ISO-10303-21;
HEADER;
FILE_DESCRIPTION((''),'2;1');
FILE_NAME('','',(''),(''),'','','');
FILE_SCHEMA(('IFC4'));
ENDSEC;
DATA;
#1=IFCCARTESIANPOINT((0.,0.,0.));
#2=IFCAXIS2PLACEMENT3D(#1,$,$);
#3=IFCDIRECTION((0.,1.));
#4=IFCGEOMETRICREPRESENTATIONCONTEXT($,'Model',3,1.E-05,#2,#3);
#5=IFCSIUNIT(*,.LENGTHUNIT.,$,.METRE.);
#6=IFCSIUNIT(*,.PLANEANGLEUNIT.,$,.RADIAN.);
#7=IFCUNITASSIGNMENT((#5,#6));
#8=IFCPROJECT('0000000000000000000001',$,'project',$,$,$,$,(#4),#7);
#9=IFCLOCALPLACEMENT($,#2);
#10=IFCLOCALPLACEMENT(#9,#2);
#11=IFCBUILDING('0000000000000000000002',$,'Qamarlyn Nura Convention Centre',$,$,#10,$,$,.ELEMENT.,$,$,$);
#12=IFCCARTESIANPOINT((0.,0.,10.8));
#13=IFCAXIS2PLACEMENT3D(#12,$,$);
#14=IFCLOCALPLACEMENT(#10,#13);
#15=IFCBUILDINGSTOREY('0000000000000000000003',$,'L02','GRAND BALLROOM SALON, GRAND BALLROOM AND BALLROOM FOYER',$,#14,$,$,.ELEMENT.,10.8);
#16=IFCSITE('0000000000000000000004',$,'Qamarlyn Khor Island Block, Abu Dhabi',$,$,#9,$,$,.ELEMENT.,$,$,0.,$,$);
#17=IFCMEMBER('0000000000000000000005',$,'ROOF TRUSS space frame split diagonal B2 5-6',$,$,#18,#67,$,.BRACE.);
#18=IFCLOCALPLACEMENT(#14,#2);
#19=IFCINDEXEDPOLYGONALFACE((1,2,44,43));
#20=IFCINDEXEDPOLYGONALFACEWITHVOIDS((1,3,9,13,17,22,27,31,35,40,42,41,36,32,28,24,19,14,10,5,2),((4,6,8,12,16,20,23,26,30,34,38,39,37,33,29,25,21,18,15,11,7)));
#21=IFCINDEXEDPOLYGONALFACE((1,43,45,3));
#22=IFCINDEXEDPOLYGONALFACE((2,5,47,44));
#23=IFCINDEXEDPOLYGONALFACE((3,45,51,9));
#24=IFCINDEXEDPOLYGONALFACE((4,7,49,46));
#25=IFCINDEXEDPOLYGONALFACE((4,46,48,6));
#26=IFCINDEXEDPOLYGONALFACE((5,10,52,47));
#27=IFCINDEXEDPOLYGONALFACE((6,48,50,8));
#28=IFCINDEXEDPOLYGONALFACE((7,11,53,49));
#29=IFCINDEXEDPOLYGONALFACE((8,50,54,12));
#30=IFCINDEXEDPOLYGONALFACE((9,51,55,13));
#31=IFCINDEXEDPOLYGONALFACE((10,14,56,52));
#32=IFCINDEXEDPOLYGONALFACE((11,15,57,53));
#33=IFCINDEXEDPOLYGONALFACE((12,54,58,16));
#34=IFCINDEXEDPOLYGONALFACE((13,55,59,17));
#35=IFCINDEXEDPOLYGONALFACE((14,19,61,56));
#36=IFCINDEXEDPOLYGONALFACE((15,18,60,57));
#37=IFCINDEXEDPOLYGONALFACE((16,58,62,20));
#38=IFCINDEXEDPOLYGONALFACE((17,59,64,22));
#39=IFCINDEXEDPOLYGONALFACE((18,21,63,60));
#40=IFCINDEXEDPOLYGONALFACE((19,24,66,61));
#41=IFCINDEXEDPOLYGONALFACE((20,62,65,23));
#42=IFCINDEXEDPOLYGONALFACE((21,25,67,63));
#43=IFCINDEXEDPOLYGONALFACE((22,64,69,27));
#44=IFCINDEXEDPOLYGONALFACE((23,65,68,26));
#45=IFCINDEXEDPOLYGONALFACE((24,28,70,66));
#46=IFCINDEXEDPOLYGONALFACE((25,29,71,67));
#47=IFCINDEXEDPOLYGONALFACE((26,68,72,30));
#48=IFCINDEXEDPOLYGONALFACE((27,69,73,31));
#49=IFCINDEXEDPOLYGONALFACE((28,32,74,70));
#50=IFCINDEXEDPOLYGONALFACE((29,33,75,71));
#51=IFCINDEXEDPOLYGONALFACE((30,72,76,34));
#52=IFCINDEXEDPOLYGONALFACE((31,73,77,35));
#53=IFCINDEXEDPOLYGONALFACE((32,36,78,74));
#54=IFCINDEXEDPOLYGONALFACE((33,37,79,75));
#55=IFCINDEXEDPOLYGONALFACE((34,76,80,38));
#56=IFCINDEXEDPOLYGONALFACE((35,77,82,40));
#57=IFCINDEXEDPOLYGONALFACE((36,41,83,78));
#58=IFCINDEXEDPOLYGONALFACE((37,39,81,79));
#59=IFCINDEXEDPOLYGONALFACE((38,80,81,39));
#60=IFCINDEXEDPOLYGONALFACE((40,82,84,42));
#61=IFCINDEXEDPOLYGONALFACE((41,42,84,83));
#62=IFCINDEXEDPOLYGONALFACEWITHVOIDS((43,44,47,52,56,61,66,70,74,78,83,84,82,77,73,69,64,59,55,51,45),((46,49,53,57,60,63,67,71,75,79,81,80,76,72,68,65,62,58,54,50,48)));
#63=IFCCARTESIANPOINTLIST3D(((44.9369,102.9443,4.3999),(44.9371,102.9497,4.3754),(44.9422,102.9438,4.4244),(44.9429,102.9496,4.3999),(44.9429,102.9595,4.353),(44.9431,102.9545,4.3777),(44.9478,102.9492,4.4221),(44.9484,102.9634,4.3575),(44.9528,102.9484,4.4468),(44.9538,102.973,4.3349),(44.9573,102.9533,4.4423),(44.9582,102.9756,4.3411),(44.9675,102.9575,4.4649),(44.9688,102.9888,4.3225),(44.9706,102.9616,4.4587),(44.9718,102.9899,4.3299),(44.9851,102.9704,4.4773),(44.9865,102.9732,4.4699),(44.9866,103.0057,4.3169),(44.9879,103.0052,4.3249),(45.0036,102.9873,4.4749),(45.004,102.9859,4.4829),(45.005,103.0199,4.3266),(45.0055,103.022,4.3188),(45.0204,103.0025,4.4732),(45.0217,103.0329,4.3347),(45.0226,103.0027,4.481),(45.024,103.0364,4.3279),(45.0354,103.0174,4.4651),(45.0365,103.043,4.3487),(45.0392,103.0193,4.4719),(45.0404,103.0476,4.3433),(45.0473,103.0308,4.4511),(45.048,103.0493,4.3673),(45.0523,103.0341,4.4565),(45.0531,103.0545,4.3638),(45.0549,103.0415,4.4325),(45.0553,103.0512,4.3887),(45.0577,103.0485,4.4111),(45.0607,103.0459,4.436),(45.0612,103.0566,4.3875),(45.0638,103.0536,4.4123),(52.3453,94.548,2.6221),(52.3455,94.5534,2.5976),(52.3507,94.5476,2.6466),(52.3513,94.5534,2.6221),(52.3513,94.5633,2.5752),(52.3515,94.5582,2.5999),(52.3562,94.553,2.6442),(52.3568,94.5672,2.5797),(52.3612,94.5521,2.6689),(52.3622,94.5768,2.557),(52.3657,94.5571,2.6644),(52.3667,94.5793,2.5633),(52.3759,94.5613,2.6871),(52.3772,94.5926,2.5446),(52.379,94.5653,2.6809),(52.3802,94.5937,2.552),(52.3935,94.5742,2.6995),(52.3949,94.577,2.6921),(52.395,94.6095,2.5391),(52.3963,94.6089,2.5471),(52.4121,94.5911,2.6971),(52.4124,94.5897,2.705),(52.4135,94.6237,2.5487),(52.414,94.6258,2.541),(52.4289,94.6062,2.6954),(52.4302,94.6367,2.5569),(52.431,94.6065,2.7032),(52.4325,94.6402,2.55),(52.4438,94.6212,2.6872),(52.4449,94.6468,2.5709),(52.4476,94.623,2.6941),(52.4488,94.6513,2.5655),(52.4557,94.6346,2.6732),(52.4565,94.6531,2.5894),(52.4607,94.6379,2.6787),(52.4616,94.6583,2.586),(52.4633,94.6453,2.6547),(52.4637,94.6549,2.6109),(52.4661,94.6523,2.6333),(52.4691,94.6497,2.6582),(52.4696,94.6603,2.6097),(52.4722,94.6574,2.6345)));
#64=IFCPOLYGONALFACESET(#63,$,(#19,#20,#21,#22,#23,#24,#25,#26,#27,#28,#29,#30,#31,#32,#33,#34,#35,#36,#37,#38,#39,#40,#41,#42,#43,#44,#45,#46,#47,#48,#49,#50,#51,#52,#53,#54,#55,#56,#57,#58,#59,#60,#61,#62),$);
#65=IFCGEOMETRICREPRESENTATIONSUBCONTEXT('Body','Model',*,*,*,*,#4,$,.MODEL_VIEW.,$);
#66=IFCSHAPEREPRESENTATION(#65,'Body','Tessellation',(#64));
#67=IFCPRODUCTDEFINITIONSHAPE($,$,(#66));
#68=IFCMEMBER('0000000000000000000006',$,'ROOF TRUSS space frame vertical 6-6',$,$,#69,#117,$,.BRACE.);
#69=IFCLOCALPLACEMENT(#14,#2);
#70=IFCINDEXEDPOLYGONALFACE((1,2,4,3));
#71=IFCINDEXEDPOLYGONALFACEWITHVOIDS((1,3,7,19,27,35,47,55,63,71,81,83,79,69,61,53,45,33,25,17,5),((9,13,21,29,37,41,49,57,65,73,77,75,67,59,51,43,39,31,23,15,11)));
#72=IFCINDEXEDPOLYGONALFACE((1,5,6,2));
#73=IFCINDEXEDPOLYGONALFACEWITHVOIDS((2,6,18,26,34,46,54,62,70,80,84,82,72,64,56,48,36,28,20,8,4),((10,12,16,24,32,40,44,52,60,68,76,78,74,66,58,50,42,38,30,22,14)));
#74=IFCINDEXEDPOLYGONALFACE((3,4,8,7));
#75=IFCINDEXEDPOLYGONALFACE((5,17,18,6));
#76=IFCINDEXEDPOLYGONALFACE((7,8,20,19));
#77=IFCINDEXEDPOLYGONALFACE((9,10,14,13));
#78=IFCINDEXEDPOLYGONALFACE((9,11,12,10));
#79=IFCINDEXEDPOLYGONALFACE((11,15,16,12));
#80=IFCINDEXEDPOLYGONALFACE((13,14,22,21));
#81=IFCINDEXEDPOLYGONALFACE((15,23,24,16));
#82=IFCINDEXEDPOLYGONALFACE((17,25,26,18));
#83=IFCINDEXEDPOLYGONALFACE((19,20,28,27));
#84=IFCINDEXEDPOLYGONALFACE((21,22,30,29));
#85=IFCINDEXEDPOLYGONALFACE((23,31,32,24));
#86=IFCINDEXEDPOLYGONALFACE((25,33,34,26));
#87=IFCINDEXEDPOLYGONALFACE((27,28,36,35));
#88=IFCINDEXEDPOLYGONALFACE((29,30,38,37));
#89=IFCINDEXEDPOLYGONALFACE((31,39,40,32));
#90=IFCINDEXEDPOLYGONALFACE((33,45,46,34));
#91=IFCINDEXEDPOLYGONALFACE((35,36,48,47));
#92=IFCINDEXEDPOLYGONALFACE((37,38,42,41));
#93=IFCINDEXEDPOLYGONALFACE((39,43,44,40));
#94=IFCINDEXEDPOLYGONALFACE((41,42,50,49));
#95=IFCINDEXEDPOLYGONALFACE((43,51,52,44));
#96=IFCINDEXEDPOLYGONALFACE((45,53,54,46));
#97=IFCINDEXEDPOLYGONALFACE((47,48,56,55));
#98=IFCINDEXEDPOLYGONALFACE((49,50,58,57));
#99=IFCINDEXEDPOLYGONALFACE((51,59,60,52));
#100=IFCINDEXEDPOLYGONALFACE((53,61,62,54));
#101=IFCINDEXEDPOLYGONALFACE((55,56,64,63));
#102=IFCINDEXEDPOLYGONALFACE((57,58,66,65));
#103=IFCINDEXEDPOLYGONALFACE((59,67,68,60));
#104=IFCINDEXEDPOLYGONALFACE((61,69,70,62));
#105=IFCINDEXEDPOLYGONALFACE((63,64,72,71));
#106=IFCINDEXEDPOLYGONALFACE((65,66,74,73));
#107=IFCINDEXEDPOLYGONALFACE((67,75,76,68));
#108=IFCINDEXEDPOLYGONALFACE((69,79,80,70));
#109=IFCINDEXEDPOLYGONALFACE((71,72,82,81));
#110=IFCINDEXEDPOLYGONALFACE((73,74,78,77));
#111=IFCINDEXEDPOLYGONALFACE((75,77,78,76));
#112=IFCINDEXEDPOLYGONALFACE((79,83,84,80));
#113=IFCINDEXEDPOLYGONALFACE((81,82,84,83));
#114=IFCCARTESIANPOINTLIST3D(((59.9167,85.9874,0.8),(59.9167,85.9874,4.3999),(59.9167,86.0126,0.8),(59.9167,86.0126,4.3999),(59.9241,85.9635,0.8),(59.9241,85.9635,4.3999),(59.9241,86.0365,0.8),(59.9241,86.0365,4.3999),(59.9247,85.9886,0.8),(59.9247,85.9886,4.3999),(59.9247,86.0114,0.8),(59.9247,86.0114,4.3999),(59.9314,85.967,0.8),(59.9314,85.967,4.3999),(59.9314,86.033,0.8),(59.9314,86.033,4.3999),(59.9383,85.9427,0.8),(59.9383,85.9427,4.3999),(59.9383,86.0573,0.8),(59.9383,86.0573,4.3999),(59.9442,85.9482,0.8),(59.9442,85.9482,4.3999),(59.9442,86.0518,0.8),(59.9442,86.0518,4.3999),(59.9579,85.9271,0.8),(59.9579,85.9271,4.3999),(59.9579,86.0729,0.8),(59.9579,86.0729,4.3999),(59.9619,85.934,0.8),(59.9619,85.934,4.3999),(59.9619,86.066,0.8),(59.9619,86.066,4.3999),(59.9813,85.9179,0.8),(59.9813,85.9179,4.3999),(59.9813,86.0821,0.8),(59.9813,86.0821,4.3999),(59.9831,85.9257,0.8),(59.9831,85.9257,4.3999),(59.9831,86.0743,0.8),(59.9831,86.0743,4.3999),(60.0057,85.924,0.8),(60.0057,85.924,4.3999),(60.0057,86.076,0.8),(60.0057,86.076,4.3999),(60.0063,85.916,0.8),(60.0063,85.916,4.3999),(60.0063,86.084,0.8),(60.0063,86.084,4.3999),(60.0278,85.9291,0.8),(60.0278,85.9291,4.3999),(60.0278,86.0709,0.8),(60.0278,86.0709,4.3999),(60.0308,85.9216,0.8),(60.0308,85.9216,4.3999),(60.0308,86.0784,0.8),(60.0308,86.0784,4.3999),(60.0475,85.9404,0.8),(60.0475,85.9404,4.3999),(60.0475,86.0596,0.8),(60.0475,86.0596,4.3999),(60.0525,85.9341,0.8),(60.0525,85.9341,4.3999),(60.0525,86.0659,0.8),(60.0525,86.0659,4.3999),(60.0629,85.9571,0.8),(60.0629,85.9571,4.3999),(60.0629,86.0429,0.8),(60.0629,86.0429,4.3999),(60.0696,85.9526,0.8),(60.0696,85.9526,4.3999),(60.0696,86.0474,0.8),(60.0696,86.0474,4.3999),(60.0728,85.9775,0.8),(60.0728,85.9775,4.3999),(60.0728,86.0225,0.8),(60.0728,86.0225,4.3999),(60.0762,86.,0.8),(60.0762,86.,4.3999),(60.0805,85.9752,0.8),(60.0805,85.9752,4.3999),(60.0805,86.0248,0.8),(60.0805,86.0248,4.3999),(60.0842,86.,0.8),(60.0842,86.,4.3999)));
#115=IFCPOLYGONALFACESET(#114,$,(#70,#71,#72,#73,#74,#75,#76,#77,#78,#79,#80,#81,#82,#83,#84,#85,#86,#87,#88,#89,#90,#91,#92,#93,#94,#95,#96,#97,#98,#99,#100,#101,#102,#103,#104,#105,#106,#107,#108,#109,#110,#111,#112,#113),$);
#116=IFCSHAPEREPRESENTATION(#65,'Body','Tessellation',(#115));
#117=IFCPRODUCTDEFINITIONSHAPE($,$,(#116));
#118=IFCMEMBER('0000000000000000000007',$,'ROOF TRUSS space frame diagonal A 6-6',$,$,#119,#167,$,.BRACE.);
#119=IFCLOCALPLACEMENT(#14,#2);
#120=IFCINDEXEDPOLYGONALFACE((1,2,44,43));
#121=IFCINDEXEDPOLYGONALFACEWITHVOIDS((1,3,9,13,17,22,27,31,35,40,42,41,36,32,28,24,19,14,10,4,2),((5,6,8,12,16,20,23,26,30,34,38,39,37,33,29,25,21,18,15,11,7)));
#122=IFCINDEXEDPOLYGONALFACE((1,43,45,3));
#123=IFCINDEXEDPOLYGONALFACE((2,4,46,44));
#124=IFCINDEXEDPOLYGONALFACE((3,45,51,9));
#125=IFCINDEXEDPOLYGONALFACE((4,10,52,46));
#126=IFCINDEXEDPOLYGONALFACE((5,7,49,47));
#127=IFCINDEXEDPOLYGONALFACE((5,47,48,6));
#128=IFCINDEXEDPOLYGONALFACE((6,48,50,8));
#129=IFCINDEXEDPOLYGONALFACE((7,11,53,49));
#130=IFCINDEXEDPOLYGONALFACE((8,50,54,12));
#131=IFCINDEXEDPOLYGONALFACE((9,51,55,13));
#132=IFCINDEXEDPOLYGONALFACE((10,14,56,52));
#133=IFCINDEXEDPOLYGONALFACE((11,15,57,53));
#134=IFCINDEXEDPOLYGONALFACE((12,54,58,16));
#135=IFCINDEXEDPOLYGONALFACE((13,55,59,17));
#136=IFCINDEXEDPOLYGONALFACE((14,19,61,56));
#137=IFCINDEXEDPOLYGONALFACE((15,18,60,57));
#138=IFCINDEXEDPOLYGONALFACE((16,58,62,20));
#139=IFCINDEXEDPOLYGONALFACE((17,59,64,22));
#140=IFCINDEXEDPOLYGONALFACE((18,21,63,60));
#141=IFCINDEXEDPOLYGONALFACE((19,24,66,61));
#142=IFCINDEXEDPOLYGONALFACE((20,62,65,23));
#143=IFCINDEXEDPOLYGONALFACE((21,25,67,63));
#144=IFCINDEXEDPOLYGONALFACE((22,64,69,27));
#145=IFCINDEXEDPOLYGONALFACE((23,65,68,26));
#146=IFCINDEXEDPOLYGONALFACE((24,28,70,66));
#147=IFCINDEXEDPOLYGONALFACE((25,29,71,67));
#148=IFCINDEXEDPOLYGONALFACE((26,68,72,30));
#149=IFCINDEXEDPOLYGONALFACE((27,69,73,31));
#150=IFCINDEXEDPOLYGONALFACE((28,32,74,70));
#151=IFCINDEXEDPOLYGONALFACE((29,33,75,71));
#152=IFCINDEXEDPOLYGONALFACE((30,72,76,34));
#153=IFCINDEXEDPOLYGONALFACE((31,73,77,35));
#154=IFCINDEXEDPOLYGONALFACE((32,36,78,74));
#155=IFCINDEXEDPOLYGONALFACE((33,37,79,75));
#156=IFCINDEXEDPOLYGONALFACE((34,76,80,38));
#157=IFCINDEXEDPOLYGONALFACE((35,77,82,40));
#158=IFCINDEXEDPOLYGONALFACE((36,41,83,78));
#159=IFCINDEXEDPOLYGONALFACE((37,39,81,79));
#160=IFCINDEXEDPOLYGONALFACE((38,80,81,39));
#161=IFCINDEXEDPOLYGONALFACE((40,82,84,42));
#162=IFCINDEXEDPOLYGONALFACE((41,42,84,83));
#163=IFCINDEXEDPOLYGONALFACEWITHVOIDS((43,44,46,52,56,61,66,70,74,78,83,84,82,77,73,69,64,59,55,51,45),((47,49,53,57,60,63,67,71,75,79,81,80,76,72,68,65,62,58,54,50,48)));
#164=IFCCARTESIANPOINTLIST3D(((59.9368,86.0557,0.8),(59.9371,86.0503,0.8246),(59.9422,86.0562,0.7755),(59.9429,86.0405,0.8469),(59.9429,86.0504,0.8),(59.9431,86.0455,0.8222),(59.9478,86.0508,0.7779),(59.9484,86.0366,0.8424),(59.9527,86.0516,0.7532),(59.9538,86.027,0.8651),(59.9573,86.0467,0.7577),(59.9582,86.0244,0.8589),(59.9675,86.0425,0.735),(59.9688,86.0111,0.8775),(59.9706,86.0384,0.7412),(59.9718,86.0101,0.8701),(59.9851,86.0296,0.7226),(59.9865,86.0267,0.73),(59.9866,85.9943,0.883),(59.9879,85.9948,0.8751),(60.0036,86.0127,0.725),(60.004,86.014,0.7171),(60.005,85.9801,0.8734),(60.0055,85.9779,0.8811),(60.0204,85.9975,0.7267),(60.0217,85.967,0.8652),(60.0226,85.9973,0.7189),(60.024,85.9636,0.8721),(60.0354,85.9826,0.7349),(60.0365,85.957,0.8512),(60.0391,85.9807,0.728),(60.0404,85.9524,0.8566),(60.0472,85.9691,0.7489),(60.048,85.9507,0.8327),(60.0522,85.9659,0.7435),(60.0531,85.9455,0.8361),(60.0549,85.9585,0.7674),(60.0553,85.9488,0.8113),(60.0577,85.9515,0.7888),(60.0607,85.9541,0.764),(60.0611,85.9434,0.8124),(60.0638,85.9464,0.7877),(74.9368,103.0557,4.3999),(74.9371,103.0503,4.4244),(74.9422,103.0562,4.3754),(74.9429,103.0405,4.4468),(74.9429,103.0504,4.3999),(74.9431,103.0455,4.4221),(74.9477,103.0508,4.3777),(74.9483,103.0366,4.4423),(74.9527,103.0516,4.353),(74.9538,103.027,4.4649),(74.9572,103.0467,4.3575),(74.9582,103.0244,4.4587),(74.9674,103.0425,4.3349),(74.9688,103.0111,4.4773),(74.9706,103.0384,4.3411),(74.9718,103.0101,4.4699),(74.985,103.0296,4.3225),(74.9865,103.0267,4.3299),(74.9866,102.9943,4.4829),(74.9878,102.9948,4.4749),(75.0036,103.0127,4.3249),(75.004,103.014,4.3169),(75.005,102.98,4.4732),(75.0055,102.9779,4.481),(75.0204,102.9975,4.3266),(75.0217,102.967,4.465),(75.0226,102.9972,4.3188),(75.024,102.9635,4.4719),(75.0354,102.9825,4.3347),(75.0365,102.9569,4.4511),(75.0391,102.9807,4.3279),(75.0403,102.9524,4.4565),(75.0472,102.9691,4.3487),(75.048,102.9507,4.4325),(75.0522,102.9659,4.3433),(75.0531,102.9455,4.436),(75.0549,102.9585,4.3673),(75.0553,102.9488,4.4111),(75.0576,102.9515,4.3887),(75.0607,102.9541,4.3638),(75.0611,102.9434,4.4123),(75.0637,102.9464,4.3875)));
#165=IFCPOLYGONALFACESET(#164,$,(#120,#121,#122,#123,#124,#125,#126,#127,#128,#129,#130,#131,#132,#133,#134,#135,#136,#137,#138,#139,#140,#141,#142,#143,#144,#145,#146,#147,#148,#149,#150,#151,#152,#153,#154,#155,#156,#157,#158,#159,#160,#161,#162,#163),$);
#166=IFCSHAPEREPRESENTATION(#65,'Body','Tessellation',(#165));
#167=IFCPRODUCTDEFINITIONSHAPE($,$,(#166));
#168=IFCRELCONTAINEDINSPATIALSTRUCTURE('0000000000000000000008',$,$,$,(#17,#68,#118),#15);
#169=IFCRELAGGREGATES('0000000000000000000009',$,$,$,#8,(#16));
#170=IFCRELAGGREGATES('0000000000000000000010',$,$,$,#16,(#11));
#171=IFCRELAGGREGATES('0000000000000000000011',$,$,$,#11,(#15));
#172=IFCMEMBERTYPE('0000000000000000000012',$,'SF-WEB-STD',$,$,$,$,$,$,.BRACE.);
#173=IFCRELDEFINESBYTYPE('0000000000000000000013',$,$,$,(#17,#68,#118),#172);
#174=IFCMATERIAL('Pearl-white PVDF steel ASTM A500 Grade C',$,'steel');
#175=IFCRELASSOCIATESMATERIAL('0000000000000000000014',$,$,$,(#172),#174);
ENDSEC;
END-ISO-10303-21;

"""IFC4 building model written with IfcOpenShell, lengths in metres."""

from ifc_helpers import new_model, si_unit, direction, frame, origin, origin_2d, place, context, subcontext, project, spatial, hollow_circle, extrude, material, material_profile, profile_set, type_object, element, save


model = new_model("IFC4")

# Units and contexts
model_context = context("Model", 3, precision=1e-05, world=origin(), true_north=direction((0.0, 1.0)))
body_context = subcontext(model_context, "Body", "Model", "MODEL_VIEW")
ifc_project = project(units=[si_unit("LENGTHUNIT", "METRE"), si_unit("PLANEANGLEUNIT", "RADIAN")], contexts=[model_context])

# Site, building, storey
site_placement = place(None, origin())
site = spatial("IfcSite", under=ifc_project, at=site_placement, Name="Qamarlyn Khor Island Block, Abu Dhabi", CompositionType="ELEMENT", RefElevation=0.0)
building_placement = place(site_placement, origin())
building = spatial("IfcBuilding", under=site, at=building_placement, Name="Qamarlyn Nura Convention Centre", CompositionType="ELEMENT")
storey_placement = place(building_placement, frame((0.0, 0.0, 10.8)))
storey = spatial("IfcBuildingStorey", under=building, at=storey_placement, Name="L02", Description="GRAND BALLROOM SALON, GRAND BALLROOM AND BALLROOM FOYER", CompositionType="ELEMENT", Elevation=10.8)

# Members
ifc_material_1 = material(Name="Pearl-white PVDF steel ASTM A500 Grade C", Category="steel")
ifc_material_profile_1 = material_profile(ifc_material_1, hollow_circle(Radius=0.0842, WallThickness=0.0081, at=origin_2d()), Name="CHS168.3X8")
ifc_profile_set_1 = profile_set([ifc_material_profile_1], Name="Pearl-white PVDF steel ASTM A500 Grade C")
member_type_1 = type_object("IfcMemberType", Name="SF-WEB-STD", PredefinedType="BRACE", material=ifc_profile_set_1)
for number, where, z_axis, x_axis, name in (
    (1, (52.4084, 94.6038, 2.6221), (-0.653437, 0.740562, 0.156808), (-0.749838, -0.661622, 0.0), "ROOF TRUSS space frame split diagonal B2 5-6"),
):
    element("IfcMember", number, at=place(storey_placement, frame(where, z_axis=z_axis, x_axis=x_axis)), inside=storey, type_object=member_type_1, Name=name, PredefinedType="BRACE", context=body_context, shape_type="SweptSolid", body=[
        extrude(hollow_circle(Radius=0.0842, WallThickness=0.0081, at=origin_2d()), origin(), (0.0, 0.0, 1.0), 11.3376),
    ])
member_1_placement = place(storey_placement, frame((60.0, 86.0, 0.8), z_axis=(0.0, 0.0, 1.0), x_axis=(1.0, 0.0, 0.0)))
element("IfcMember", 2, at=member_1_placement, inside=storey, type_object=member_type_1, Name="ROOF TRUSS space frame vertical 6-6", PredefinedType="BRACE", context=body_context, shape_type="SweptSolid", body=[
    extrude(hollow_circle(Radius=0.0842, WallThickness=0.0081, at=origin_2d()), origin(), (0.0, 0.0, 1.0), 3.5999),
])
member_2_placement = place(storey_placement, frame((60.0, 86.0, 0.8), z_axis=(0.653436, 0.74056, 0.156818), x_axis=(-0.749838, 0.661622, 0.0)))
element("IfcMember", 3, at=member_2_placement, inside=storey, type_object=member_type_1, Name="ROOF TRUSS space frame diagonal A 6-6", PredefinedType="BRACE", context=body_context, shape_type="SweptSolid", body=[
    extrude(hollow_circle(Radius=0.0842, WallThickness=0.0081, at=origin_2d()), origin(), (0.0, 0.0, 1.0), 22.9556),
])

save(model, "model.ifc")
